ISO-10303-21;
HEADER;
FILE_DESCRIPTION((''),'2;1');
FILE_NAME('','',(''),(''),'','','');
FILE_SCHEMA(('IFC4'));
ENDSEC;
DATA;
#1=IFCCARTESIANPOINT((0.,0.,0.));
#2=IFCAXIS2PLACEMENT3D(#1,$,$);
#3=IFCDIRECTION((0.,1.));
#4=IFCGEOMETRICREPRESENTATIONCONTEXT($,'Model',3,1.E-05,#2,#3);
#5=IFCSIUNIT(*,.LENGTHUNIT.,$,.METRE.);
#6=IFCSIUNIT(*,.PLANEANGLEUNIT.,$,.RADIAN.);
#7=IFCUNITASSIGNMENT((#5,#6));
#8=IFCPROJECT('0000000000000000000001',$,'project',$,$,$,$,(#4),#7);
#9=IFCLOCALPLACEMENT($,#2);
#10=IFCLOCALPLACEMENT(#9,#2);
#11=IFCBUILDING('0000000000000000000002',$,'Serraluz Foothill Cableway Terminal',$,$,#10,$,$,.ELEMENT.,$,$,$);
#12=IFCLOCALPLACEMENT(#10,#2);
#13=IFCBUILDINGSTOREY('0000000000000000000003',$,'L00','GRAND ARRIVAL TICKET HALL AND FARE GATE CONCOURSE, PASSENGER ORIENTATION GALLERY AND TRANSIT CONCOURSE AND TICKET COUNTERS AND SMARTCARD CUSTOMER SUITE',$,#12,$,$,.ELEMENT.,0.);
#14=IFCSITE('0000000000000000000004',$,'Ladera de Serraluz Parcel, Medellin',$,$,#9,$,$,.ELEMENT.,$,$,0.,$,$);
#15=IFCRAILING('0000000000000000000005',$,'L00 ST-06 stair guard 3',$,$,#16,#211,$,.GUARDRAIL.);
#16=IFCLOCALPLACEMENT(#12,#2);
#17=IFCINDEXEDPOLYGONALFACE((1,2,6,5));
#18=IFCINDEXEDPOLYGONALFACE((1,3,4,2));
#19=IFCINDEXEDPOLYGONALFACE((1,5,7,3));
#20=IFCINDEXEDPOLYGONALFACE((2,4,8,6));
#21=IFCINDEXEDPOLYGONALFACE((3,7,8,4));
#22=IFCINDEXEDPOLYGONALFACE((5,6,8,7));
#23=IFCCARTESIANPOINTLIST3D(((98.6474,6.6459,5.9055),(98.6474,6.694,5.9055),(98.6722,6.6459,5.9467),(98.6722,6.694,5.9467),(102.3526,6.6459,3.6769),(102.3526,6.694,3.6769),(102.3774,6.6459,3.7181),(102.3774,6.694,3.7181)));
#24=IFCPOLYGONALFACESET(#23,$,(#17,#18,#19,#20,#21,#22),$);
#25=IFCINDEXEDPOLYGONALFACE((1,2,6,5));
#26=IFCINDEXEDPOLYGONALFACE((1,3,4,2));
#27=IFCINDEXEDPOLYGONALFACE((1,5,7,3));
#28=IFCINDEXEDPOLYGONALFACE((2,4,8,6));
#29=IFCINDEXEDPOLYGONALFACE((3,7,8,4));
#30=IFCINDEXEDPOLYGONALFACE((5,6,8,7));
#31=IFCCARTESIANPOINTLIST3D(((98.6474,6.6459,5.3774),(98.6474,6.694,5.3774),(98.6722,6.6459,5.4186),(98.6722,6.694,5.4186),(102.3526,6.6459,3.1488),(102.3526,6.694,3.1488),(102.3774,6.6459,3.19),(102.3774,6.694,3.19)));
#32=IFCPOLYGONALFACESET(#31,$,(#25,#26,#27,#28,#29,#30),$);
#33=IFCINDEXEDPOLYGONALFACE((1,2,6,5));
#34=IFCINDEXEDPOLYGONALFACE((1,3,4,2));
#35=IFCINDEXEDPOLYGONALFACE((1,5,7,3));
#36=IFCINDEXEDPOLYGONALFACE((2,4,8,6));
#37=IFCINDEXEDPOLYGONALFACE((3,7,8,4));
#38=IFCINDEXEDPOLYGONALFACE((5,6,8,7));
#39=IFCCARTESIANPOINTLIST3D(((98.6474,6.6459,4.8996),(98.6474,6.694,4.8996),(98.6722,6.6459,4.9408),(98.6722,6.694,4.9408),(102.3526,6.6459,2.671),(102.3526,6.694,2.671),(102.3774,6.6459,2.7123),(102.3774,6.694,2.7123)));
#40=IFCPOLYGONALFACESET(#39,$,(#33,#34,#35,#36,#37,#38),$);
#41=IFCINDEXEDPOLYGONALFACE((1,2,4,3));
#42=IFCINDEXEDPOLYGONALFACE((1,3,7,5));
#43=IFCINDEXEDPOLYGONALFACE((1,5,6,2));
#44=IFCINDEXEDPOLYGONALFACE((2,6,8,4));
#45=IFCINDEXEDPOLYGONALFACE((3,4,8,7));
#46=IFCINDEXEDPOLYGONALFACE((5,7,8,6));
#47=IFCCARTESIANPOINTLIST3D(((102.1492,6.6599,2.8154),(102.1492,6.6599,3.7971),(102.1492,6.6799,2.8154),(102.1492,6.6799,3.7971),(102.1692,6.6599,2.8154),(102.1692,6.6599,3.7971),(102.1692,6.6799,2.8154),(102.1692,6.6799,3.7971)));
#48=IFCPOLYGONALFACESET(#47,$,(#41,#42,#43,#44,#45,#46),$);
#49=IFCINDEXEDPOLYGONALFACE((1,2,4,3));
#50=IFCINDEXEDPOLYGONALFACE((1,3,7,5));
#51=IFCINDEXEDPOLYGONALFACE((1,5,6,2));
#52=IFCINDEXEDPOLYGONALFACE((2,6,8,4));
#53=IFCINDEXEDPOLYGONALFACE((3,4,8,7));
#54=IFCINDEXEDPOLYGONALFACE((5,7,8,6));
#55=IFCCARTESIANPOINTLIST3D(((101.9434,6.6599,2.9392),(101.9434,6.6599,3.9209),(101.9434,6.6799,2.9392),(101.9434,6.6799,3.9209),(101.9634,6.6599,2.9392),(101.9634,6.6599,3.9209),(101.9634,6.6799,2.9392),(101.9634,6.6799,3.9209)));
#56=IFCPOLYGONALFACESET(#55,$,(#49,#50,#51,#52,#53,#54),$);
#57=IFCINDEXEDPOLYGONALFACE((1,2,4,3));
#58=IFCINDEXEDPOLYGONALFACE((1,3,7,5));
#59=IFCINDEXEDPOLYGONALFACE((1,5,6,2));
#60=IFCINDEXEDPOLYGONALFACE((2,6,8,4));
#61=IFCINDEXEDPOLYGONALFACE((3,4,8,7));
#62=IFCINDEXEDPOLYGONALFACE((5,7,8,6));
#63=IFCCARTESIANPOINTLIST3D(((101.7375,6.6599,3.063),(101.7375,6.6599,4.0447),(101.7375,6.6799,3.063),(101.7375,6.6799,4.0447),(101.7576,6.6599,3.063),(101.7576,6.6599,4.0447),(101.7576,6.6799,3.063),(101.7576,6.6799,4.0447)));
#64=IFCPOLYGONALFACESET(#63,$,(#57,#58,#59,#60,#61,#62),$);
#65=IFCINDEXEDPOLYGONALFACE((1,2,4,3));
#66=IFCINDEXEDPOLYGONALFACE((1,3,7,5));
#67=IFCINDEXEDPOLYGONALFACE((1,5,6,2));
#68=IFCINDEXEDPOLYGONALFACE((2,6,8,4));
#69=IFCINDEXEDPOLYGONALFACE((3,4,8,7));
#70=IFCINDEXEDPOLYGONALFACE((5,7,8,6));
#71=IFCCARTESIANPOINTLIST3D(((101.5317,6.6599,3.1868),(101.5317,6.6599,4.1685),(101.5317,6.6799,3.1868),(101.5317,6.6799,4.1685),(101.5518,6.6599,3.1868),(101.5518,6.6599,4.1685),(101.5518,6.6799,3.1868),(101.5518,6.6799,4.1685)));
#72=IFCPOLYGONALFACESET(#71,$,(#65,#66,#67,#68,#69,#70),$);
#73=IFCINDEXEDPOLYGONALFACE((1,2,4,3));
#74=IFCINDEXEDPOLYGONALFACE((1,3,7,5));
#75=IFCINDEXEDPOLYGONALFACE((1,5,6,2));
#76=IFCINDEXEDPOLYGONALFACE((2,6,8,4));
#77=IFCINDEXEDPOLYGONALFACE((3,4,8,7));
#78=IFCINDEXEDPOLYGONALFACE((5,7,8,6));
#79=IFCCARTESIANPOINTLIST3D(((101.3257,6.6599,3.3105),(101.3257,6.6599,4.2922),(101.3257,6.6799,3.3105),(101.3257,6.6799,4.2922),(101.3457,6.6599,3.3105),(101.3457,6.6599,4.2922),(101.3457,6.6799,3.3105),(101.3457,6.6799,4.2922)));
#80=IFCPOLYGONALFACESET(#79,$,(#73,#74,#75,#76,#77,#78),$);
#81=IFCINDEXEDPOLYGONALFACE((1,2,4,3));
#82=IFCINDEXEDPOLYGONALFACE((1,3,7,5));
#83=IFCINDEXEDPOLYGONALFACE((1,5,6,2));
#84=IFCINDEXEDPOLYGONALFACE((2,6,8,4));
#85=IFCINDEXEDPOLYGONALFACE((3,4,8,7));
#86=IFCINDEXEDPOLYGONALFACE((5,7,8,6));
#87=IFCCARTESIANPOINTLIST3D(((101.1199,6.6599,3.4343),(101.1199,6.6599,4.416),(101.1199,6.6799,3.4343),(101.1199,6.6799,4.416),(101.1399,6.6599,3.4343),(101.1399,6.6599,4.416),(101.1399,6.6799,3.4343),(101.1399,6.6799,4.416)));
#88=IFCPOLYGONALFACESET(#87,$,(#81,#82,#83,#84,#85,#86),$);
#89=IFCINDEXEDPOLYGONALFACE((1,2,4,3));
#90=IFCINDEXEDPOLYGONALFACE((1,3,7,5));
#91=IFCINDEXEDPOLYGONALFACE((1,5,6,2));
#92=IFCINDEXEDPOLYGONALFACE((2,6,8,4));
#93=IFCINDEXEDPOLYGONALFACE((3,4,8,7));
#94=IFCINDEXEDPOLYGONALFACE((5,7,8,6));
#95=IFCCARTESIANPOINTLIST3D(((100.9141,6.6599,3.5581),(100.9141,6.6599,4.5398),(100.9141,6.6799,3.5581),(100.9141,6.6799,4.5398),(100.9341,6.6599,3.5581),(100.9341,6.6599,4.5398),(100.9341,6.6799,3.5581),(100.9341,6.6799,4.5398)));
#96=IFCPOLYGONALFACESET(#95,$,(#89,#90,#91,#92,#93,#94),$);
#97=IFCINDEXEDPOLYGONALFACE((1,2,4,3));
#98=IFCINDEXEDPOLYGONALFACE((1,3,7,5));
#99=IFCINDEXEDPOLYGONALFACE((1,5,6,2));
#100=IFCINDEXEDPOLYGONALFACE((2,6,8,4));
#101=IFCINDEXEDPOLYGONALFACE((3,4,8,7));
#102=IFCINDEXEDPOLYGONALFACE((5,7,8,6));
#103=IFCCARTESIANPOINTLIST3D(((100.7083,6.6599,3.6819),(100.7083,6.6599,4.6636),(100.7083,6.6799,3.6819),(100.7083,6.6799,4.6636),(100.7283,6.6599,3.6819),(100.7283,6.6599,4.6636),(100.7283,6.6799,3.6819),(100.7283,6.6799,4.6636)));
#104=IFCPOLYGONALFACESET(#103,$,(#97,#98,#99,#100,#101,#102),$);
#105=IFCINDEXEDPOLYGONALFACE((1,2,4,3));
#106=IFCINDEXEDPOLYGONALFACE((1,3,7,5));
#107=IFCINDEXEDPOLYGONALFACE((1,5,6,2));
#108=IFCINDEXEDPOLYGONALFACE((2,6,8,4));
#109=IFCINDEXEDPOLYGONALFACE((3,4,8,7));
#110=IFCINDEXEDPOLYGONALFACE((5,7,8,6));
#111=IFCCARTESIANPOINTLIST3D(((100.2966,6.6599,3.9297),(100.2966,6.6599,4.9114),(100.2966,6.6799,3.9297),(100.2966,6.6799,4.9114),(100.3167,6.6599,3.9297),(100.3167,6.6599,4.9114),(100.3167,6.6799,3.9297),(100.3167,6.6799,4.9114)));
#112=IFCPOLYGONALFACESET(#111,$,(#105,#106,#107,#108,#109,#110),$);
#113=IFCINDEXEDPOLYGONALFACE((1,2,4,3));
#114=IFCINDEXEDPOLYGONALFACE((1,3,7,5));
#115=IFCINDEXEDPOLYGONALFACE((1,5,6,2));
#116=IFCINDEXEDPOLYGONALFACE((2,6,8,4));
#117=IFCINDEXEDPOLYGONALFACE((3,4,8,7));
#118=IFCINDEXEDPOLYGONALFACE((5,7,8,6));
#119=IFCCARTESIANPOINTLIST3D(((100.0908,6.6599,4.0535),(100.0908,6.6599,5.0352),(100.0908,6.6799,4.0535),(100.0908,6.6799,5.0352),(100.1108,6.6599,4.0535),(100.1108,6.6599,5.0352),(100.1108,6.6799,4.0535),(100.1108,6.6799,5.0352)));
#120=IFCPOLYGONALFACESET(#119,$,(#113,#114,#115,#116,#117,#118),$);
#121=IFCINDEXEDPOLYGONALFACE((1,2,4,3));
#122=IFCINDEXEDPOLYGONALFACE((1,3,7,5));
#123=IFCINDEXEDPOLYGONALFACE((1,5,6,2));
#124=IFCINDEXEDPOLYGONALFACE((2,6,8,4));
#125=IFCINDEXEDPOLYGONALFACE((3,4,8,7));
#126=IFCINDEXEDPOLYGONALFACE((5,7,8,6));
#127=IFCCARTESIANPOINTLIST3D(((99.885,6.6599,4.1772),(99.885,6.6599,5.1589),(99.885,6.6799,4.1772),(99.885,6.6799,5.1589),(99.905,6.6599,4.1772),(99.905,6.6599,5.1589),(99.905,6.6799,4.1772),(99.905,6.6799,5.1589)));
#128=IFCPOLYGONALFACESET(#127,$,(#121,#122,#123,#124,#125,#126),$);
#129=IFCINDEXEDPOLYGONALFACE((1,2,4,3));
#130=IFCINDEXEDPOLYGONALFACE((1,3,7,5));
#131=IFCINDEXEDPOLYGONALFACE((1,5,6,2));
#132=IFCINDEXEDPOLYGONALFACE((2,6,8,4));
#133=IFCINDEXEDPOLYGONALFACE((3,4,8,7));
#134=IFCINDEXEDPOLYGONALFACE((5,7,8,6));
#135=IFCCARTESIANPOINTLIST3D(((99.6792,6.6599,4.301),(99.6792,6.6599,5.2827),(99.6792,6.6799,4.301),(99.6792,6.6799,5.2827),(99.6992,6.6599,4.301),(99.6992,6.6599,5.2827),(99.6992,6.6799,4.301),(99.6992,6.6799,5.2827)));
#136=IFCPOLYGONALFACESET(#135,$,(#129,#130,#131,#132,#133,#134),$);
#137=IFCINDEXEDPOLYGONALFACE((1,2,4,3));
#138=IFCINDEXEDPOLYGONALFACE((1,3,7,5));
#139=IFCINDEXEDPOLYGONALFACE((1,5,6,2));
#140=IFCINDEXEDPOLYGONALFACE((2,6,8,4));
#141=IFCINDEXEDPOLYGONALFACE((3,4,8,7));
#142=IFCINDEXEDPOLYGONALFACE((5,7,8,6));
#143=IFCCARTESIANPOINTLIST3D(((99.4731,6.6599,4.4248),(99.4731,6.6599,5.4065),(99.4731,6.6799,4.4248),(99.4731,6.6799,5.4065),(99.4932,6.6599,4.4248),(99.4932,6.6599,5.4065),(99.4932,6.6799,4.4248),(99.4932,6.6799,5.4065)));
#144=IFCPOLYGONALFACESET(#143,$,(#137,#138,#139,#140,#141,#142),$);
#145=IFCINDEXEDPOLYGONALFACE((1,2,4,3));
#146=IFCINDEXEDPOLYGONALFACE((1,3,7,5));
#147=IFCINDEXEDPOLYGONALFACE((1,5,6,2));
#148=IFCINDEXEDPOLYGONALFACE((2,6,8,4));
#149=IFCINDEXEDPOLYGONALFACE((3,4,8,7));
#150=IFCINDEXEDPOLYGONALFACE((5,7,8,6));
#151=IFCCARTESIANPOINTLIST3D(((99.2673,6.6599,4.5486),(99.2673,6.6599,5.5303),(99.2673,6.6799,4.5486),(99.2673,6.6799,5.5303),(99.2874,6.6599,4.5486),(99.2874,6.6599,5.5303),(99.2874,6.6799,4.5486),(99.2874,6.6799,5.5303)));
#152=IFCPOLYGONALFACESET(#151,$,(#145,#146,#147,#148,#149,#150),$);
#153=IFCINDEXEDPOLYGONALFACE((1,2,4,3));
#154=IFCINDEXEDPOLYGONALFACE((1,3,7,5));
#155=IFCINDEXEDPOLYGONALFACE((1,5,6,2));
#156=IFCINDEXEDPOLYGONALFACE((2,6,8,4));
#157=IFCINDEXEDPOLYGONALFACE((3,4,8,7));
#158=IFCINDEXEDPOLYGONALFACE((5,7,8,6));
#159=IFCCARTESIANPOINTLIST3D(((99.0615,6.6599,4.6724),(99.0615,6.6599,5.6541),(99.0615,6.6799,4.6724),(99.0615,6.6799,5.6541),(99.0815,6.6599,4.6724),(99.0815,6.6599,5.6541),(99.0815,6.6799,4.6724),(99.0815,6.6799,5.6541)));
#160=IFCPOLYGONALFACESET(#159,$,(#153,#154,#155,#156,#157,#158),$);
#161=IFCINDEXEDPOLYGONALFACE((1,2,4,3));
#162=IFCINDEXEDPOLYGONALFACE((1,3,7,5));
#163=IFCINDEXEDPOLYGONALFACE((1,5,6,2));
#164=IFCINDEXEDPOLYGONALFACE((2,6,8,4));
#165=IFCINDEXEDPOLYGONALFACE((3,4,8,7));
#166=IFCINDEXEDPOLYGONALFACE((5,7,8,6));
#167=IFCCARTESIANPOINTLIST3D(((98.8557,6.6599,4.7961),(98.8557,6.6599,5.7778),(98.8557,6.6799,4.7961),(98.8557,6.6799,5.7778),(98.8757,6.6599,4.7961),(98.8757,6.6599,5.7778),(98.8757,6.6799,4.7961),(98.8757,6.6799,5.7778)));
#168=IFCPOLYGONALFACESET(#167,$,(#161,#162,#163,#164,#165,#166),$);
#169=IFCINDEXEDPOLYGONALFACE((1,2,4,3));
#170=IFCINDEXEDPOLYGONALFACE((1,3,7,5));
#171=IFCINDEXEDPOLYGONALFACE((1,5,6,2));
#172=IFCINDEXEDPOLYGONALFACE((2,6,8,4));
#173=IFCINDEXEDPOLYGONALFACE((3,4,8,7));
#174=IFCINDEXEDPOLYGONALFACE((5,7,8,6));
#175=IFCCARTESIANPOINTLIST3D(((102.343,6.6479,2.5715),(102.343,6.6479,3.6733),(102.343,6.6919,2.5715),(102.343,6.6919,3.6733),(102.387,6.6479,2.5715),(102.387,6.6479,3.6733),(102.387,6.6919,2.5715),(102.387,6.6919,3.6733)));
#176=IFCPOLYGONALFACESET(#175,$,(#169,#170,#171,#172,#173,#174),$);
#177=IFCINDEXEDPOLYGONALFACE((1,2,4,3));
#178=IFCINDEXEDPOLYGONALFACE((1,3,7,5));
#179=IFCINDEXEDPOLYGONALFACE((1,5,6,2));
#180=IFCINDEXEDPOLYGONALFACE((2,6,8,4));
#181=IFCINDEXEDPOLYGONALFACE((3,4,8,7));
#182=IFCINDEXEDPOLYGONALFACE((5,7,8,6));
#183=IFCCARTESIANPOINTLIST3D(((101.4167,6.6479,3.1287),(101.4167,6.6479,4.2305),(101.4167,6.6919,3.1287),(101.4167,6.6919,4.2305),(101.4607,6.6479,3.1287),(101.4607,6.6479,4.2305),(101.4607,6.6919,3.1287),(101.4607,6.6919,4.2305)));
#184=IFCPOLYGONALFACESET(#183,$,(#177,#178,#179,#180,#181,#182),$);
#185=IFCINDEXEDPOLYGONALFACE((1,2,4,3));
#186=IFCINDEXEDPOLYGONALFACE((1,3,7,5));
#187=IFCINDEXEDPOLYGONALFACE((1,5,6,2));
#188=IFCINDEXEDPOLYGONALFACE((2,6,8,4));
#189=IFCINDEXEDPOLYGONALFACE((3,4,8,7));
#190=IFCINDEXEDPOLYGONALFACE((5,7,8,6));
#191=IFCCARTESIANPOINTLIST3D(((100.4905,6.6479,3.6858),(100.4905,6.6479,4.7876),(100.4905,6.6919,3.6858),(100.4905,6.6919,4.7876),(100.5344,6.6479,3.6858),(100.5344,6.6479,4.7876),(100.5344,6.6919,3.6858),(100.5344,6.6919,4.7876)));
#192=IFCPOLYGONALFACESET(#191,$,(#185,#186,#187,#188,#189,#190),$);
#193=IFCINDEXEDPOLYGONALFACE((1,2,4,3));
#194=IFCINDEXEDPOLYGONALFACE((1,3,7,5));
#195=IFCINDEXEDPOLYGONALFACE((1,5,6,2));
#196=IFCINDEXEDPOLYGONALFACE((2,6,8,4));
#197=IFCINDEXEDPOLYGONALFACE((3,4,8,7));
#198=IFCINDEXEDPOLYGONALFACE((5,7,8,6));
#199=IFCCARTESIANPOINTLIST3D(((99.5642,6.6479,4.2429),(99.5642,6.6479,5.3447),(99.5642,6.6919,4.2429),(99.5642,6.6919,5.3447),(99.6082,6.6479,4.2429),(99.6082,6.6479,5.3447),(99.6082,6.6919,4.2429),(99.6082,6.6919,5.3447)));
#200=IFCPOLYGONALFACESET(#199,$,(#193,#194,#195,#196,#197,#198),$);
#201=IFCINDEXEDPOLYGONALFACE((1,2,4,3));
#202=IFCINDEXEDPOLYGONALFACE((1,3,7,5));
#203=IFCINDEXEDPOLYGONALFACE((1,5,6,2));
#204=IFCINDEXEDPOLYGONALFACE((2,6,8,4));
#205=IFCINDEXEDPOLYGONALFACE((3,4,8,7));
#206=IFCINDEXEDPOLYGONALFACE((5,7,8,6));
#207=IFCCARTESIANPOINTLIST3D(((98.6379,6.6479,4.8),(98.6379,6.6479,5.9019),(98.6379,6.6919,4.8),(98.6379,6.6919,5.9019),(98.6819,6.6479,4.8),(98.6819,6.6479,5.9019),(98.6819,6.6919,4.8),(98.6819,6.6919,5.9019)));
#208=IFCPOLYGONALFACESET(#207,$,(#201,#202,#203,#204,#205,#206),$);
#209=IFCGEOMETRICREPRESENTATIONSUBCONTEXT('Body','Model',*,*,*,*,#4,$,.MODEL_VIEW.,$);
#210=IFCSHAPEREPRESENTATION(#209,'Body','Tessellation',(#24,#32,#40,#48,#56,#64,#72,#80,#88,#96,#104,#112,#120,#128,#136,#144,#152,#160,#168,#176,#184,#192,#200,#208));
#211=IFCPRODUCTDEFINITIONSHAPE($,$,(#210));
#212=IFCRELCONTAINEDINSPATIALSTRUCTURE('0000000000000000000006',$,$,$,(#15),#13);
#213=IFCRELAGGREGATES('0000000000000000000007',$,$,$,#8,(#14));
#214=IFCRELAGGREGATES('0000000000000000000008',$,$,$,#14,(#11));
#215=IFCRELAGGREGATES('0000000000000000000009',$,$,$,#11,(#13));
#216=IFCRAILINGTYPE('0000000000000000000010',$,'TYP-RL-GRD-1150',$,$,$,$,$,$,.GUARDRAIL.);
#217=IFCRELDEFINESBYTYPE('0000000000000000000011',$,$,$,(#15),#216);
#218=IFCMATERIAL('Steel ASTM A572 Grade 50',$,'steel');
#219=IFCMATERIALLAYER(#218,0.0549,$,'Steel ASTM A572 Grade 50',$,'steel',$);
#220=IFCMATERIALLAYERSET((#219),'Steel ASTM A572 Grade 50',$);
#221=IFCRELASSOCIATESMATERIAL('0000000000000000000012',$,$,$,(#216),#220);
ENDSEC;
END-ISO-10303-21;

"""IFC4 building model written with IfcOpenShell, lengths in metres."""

from ifc_helpers import new_model, si_unit, direction, frame, origin, origin_2d, place, context, subcontext, project, spatial, rectangle, extrude, material, layer, layer_set, type_object, element, save


model = new_model("IFC4")

# Units and contexts
model_context = context("Model", 3, precision=1e-05, world=origin(), true_north=direction((0.0, 1.0)))
body_context = subcontext(model_context, "Body", "Model", "MODEL_VIEW")
ifc_project = project(units=[si_unit("LENGTHUNIT", "METRE"), si_unit("PLANEANGLEUNIT", "RADIAN")], contexts=[model_context])

# Site, building, storey
site_placement = place(None, origin())
site = spatial("IfcSite", under=ifc_project, at=site_placement, Name="Ladera de Serraluz Parcel, Medellin", CompositionType="ELEMENT", RefElevation=0.0)
building_placement = place(site_placement, origin())
building = spatial("IfcBuilding", under=site, at=building_placement, Name="Serraluz Foothill Cableway Terminal", CompositionType="ELEMENT")
storey_placement = place(building_placement, origin())
storey = spatial("IfcBuildingStorey", under=building, at=storey_placement, Name="L00", Description="GRAND ARRIVAL TICKET HALL AND FARE GATE CONCOURSE, PASSENGER ORIENTATION GALLERY AND TRANSIT CONCOURSE AND TICKET COUNTERS AND SMARTCARD CUSTOMER SUITE", CompositionType="ELEMENT", Elevation=0.0)

# Railing
ifc_material_1 = material(Name="Steel ASTM A572 Grade 50", Category="steel")
ifc_layer_1 = layer(ifc_material_1, 0.0549, Name="Steel ASTM A572 Grade 50", Category="steel")
ifc_layer_set_1 = layer_set([ifc_layer_1], Name="Steel ASTM A572 Grade 50")
railing_type_1 = type_object("IfcRailingType", Name="TYP-RL-GRD-1150", PredefinedType="GUARDRAIL", material=ifc_layer_set_1)
railing_1_placement = place(storey_placement, frame((102.365, 6.6699, 2.5715)))
element("IfcRailing", 1, at=railing_1_placement, inside=storey, type_object=railing_type_1, Name="L00 ST-06 stair guard 3", PredefinedType="GUARDRAIL", context=body_context, shape_type="SweptSolid", body=[
    extrude(rectangle(XDim=0.0481, YDim=0.0481, at=origin_2d()), frame((0.0, 0.0, 1.126), z_axis=(-0.856934, 0.0, 0.515425), x_axis=(0.0, -1.0, 0.0)), (0.0, 0.0, 1.0), 4.3237),
    extrude(rectangle(XDim=0.0481, YDim=0.0481, at=origin_2d()), frame((0.0, 0.0, 0.5979), z_axis=(-0.856934, 0.0, 0.515425), x_axis=(0.0, -1.0, 0.0)), (0.0, 0.0, 1.0), 4.3237),
    extrude(rectangle(XDim=0.0481, YDim=0.0481, at=origin_2d()), frame((0.0, 0.0, 0.1201), z_axis=(-0.856934, 0.0, 0.515425), x_axis=(0.0, -1.0, 0.0)), (0.0, 0.0, 1.0), 4.3237),
    extrude(rectangle(XDim=0.02, YDim=0.02, at=origin_2d()), frame((-0.2058, 0.0, 0.2439)), (0.0, 0.0, 1.0), 0.9817),
    extrude(rectangle(XDim=0.02, YDim=0.02, at=origin_2d()), frame((-0.4116, 0.0, 0.3677)), (0.0, 0.0, 1.0), 0.9817),
    extrude(rectangle(XDim=0.02, YDim=0.02, at=origin_2d()), frame((-0.6174, 0.0, 0.4915)), (0.0, 0.0, 1.0), 0.9817),
    extrude(rectangle(XDim=0.02, YDim=0.02, at=origin_2d()), frame((-0.8232, 0.0, 0.6152)), (0.0, 0.0, 1.0), 0.9817),
    extrude(rectangle(XDim=0.02, YDim=0.02, at=origin_2d()), frame((-1.0293, 0.0, 0.739)), (0.0, 0.0, 1.0), 0.9817),
    extrude(rectangle(XDim=0.02, YDim=0.02, at=origin_2d()), frame((-1.2351, 0.0, 0.8628)), (0.0, 0.0, 1.0), 0.9817),
    extrude(rectangle(XDim=0.02, YDim=0.02, at=origin_2d()), frame((-1.4409, 0.0, 0.9866)), (0.0, 0.0, 1.0), 0.9817),
    extrude(rectangle(XDim=0.02, YDim=0.02, at=origin_2d()), frame((-1.6467, 0.0, 1.1104)), (0.0, 0.0, 1.0), 0.9817),
    extrude(rectangle(XDim=0.02, YDim=0.02, at=origin_2d()), frame((-2.0583, 0.0, 1.3582)), (0.0, 0.0, 1.0), 0.9817),
    extrude(rectangle(XDim=0.02, YDim=0.02, at=origin_2d()), frame((-2.2642, 0.0, 1.4819)), (0.0, 0.0, 1.0), 0.9817),
    extrude(rectangle(XDim=0.02, YDim=0.02, at=origin_2d()), frame((-2.47, 0.0, 1.6057)), (0.0, 0.0, 1.0), 0.9817),
    extrude(rectangle(XDim=0.02, YDim=0.02, at=origin_2d()), frame((-2.6758, 0.0, 1.7295)), (0.0, 0.0, 1.0), 0.9817),
    extrude(rectangle(XDim=0.02, YDim=0.02, at=origin_2d()), frame((-2.8818, 0.0, 1.8533)), (0.0, 0.0, 1.0), 0.9817),
    extrude(rectangle(XDim=0.02, YDim=0.02, at=origin_2d()), frame((-3.0876, 0.0, 1.9771)), (0.0, 0.0, 1.0), 0.9817),
    extrude(rectangle(XDim=0.02, YDim=0.02, at=origin_2d()), frame((-3.2935, 0.0, 2.1008)), (0.0, 0.0, 1.0), 0.9817),
    extrude(rectangle(XDim=0.02, YDim=0.02, at=origin_2d()), frame((-3.4993, 0.0, 2.2246)), (0.0, 0.0, 1.0), 0.9817),
    extrude(rectangle(XDim=0.0439, YDim=0.0439, at=origin_2d()), origin(), (0.0, 0.0, 1.0), 1.1018),
    extrude(rectangle(XDim=0.0439, YDim=0.0439, at=origin_2d()), frame((-0.9263, 0.0, 0.5571)), (0.0, 0.0, 1.0), 1.1018),
    extrude(rectangle(XDim=0.0439, YDim=0.0439, at=origin_2d()), frame((-1.8525, 0.0, 1.1143)), (0.0, 0.0, 1.0), 1.1018),
    extrude(rectangle(XDim=0.0439, YDim=0.0439, at=origin_2d()), frame((-2.7788, 0.0, 1.6714)), (0.0, 0.0, 1.0), 1.1018),
    extrude(rectangle(XDim=0.0439, YDim=0.0439, at=origin_2d()), frame((-3.7051, 0.0, 2.2285)), (0.0, 0.0, 1.0), 1.1018),
])

save(model, "model.ifc")
